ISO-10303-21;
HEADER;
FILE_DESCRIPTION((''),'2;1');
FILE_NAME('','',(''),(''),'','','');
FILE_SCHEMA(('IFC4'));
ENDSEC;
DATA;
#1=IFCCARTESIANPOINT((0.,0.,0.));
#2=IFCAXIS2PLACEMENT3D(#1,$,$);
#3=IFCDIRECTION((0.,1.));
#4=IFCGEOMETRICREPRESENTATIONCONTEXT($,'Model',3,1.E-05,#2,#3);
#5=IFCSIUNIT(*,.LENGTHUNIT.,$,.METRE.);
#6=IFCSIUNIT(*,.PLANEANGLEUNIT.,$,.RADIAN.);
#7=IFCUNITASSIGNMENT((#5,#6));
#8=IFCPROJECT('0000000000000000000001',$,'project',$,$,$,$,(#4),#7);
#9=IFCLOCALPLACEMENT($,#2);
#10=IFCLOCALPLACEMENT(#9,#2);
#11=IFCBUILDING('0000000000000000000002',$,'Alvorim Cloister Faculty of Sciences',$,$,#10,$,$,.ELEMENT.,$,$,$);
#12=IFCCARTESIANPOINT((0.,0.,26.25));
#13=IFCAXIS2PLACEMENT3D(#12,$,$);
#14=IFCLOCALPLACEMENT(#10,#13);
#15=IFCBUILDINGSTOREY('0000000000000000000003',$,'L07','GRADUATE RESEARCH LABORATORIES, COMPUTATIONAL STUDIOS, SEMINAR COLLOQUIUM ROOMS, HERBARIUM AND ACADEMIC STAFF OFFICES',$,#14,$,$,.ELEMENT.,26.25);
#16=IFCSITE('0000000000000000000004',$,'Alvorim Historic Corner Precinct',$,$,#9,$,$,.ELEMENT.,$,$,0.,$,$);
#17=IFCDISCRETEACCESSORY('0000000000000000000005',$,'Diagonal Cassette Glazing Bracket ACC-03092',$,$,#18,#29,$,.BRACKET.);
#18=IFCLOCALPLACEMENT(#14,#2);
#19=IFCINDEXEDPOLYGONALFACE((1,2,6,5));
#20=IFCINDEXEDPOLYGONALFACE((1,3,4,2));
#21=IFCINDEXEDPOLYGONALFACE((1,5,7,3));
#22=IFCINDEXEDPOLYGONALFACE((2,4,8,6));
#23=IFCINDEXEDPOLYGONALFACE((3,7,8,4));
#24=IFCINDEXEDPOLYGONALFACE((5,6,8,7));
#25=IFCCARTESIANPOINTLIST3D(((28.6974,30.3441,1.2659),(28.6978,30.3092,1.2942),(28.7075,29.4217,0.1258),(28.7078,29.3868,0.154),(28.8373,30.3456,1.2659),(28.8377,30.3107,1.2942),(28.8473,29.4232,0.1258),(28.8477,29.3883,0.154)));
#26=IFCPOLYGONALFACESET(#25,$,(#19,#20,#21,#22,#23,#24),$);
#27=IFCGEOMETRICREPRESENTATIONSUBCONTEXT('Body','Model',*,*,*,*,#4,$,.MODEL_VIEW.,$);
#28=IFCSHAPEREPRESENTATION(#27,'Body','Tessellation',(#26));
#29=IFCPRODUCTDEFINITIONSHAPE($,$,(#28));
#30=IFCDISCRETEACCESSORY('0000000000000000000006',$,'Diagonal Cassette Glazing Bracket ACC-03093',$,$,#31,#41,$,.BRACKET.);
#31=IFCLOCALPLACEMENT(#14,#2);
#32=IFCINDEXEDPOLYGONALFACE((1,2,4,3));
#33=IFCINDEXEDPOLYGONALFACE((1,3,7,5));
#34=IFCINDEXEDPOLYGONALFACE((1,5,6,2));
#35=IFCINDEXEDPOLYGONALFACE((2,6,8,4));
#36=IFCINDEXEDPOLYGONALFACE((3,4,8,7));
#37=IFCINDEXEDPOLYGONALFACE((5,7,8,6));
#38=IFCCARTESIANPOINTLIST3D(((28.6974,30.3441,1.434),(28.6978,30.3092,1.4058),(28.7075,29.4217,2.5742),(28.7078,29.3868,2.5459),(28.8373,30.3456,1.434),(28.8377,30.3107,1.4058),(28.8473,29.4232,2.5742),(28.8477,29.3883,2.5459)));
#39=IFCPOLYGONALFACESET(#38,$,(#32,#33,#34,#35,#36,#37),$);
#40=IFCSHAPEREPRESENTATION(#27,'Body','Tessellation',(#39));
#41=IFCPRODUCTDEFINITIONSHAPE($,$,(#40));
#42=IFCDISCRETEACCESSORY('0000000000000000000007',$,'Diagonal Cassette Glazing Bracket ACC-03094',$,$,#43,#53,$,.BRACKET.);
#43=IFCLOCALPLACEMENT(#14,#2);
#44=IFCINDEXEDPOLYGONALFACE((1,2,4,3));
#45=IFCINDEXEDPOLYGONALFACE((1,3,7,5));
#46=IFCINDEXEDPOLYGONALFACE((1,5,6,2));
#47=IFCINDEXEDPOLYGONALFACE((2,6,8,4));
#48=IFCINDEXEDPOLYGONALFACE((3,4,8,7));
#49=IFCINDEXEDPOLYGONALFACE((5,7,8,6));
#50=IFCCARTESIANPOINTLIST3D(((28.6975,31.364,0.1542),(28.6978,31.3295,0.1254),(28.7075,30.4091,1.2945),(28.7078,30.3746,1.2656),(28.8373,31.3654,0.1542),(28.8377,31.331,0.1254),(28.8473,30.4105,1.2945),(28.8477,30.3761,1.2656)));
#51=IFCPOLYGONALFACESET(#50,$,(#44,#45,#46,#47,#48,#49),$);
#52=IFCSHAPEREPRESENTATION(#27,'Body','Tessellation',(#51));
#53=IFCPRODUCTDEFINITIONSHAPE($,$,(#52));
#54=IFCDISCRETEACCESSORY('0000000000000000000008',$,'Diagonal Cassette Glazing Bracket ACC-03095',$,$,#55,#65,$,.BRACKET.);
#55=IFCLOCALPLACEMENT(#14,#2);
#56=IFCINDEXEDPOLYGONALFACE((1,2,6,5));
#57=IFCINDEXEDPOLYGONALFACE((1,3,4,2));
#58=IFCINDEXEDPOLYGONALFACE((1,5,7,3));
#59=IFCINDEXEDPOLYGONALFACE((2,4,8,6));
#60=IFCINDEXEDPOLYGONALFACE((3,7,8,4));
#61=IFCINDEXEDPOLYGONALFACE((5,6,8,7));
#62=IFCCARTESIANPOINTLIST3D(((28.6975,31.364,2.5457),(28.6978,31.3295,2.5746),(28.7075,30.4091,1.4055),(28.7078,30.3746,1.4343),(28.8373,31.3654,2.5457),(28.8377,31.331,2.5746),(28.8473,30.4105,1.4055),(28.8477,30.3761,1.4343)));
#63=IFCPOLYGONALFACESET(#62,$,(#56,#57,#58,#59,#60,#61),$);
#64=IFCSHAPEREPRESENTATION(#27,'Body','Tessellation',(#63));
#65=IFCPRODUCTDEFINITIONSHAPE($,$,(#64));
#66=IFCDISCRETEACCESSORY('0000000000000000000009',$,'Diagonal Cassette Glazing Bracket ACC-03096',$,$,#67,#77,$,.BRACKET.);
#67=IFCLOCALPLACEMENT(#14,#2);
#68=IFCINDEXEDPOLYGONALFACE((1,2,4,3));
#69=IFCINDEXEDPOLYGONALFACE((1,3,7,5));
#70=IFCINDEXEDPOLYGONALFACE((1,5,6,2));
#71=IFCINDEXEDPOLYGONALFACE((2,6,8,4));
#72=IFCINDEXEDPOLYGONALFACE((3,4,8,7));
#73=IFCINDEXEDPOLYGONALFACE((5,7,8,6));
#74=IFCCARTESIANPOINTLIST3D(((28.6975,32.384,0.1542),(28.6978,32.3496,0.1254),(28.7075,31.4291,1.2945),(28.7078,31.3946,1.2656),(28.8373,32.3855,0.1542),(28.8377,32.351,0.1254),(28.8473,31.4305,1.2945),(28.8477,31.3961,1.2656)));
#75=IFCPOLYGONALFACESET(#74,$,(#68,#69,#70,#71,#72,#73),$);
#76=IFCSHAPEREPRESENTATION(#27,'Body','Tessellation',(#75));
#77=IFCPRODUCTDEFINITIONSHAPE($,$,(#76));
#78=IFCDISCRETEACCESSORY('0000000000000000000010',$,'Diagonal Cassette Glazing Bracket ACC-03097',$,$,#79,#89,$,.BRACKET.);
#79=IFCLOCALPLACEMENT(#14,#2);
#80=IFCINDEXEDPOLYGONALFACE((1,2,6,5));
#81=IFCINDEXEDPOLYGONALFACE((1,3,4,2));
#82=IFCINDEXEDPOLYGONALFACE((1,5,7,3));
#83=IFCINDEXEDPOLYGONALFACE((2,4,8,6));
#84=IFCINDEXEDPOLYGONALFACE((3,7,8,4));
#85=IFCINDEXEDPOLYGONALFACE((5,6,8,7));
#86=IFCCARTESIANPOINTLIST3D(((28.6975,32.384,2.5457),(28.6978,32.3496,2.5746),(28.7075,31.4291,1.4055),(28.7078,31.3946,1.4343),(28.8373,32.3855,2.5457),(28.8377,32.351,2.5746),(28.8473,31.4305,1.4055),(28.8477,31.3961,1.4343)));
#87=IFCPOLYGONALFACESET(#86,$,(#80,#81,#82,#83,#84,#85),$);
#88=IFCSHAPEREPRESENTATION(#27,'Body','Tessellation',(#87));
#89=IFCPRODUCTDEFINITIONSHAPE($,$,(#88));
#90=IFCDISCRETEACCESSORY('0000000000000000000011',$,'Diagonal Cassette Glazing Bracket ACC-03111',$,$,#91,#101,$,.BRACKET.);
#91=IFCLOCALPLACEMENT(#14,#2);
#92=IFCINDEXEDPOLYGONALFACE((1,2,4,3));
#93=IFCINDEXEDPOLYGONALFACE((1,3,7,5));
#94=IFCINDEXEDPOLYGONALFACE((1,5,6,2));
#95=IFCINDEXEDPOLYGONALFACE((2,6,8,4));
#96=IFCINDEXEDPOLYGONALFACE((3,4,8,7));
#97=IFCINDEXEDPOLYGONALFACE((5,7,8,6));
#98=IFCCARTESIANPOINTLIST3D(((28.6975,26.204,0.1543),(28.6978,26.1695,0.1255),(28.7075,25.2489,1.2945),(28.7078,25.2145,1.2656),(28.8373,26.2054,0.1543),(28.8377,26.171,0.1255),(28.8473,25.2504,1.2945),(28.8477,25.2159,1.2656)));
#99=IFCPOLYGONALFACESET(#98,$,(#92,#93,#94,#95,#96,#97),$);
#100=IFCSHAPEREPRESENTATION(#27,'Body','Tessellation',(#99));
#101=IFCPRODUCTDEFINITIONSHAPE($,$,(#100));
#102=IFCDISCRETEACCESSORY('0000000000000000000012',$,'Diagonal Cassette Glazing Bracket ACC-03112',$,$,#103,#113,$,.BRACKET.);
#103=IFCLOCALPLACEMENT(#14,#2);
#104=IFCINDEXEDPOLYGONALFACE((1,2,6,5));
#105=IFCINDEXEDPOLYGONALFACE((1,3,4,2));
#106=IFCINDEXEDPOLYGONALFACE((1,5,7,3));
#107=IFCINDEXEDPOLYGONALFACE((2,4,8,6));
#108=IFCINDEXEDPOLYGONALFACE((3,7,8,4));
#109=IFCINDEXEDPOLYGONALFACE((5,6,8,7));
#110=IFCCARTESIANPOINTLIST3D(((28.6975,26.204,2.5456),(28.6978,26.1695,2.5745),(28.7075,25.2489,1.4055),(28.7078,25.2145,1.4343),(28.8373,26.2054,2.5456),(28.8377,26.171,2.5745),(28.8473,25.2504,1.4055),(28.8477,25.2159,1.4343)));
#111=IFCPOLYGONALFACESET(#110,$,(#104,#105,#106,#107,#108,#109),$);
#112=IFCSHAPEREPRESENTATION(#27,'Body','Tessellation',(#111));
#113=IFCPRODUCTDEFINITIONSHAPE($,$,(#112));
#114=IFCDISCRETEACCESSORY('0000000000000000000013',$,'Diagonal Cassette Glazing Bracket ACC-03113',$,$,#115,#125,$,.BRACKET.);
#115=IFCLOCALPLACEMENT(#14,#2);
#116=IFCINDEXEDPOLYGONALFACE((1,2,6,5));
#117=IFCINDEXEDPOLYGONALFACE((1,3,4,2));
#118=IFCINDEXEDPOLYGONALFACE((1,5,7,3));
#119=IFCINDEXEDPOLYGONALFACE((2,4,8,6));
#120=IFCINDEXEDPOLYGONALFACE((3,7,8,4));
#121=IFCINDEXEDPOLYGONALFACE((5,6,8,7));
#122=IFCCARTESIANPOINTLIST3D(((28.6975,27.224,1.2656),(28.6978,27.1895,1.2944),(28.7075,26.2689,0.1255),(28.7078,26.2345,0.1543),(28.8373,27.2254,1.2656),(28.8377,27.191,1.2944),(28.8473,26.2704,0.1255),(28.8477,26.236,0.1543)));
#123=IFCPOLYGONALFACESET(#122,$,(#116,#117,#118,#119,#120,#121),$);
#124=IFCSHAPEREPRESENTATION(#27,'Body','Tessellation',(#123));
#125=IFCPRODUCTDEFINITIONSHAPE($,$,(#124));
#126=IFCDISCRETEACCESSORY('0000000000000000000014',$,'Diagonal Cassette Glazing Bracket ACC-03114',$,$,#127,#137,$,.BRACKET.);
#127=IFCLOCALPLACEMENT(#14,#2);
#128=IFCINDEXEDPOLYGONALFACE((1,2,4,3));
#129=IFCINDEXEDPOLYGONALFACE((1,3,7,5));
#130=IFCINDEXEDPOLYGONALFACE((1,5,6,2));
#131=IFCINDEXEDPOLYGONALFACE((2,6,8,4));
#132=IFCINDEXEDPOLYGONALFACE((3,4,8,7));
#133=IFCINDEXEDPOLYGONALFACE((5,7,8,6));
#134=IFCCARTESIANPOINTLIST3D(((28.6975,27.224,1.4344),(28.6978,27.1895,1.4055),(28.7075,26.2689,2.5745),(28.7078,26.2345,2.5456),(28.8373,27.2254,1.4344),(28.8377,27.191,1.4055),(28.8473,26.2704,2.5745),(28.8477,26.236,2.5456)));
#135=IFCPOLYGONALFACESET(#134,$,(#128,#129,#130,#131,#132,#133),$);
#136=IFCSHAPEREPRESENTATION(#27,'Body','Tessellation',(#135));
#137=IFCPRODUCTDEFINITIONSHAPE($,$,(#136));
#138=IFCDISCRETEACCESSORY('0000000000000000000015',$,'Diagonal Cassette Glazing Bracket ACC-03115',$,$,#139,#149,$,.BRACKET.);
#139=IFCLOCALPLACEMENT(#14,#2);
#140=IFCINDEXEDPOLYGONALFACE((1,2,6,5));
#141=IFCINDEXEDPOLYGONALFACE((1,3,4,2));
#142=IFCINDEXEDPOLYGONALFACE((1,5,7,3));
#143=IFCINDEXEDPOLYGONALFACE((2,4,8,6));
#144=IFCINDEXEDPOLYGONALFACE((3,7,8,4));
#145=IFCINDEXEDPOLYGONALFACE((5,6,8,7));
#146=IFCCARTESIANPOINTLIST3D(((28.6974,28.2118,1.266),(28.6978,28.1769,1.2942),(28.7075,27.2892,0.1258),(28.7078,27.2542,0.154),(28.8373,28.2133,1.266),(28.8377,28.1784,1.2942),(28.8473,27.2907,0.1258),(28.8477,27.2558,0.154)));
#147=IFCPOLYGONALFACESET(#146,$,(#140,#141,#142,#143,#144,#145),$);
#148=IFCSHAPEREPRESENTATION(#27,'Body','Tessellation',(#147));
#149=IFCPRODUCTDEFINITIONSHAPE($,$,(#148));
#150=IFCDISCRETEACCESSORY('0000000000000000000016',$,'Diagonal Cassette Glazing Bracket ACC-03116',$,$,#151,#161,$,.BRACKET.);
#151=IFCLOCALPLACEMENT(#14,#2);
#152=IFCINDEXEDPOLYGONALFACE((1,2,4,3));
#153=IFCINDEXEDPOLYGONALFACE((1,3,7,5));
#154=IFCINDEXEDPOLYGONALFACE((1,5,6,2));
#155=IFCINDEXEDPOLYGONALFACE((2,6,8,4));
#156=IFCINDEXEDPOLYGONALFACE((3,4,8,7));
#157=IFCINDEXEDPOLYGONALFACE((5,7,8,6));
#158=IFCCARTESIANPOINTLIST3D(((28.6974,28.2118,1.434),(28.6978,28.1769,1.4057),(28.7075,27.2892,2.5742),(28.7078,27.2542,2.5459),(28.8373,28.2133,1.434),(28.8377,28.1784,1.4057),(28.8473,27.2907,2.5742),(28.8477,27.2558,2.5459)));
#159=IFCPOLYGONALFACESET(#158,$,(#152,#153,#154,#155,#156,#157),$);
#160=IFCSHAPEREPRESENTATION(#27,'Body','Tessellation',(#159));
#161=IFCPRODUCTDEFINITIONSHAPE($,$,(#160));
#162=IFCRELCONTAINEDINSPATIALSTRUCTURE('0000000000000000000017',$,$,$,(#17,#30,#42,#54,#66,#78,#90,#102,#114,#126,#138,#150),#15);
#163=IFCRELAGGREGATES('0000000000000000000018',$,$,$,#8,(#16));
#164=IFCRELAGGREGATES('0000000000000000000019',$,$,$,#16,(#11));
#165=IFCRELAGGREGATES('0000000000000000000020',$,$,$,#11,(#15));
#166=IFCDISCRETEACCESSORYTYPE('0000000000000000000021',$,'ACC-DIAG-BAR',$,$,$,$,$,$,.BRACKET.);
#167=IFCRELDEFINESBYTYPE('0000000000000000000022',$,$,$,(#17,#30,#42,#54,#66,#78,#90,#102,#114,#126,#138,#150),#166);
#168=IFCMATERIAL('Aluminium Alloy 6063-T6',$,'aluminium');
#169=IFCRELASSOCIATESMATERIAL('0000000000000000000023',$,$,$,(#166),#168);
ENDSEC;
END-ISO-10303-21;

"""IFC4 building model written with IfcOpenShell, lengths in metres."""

from ifc_helpers import new_model, si_unit, direction, frame, origin, origin_2d, place, context, subcontext, project, spatial, rectangle, extrude, material, type_object, element, save


model = new_model("IFC4")

# Units and contexts
model_context = context("Model", 3, precision=1e-05, world=origin(), true_north=direction((0.0, 1.0)))
body_context = subcontext(model_context, "Body", "Model", "MODEL_VIEW")
ifc_project = project(units=[si_unit("LENGTHUNIT", "METRE"), si_unit("PLANEANGLEUNIT", "RADIAN")], contexts=[model_context])

# Site, building, storey
site_placement = place(None, origin())
site = spatial("IfcSite", under=ifc_project, at=site_placement, Name="Alvorim Historic Corner Precinct", CompositionType="ELEMENT", RefElevation=0.0)
building_placement = place(site_placement, origin())
building = spatial("IfcBuilding", under=site, at=building_placement, Name="Alvorim Cloister Faculty of Sciences", CompositionType="ELEMENT")
storey_placement = place(building_placement, frame((0.0, 0.0, 26.25)))
storey = spatial("IfcBuildingStorey", under=building, at=storey_placement, Name="L07", Description="GRADUATE RESEARCH LABORATORIES, COMPUTATIONAL STUDIOS, SEMINAR COLLOQUIUM ROOMS, HERBARIUM AND ACADEMIC STAFF OFFICES", CompositionType="ELEMENT", Elevation=26.25)

# Shared definitions
ifc_material_1 = material(Name="Aluminium Alloy 6063-T6", Category="aluminium")

# Discrete accessories
discrete_accessory_type = type_object("IfcDiscreteAccessoryType", Name="ACC-DIAG-BAR", PredefinedType="BRACKET", material=ifc_material_1)
for number, where, z_axis, x_axis, name in (
    (1, (28.7776, 29.405, 0.1399), (-0.006825, 0.628935, 0.777428), (-0.999941, -0.010852, 0.0), "Diagonal Cassette Glazing Bracket ACC-03092"),
    (2, (28.7776, 29.405, 2.5601), (-0.006825, 0.628935, -0.777428), (-0.999941, -0.010852, 0.0), "Diagonal Cassette Glazing Bracket ACC-03093"),
):
    element("IfcDiscreteAccessory", number, at=place(storey_placement, frame(where, z_axis=z_axis, x_axis=x_axis)), inside=storey, type_object=discrete_accessory_type, Name=name, PredefinedType="BRACKET", context=body_context, shape_type="SweptSolid", body=[
        extrude(rectangle(XDim=0.1399, YDim=0.0449, at=origin_2d()), origin(), (0.0, 0.0, 1.0), 1.4666),
    ])
for number, where, z_axis, x_axis, name in (
    (3, (28.7776, 30.3926, 1.28), (-0.006731, 0.642041, -0.766641), (-0.999945, -0.010483, 0.0), "Diagonal Cassette Glazing Bracket ACC-03094"),
    (4, (28.7776, 30.3926, 1.4199), (-0.006731, 0.642041, 0.766641), (-0.999945, -0.010483, 0.0), "Diagonal Cassette Glazing Bracket ACC-03095"),
    (5, (28.7776, 31.4126, 1.28), (-0.006731, 0.642041, -0.766641), (-0.999945, -0.010483, 0.0), "Diagonal Cassette Glazing Bracket ACC-03096"),
    (6, (28.7776, 31.4126, 1.4199), (-0.006731, 0.642041, 0.766641), (-0.999945, -0.010483, 0.0), "Diagonal Cassette Glazing Bracket ACC-03097"),
    (7, (28.7776, 25.2324, 1.28), (-0.00673, 0.642138, -0.76656), (-0.999945, -0.01048, 0.0), "Diagonal Cassette Glazing Bracket ACC-03111"),
    (8, (28.7776, 25.2324, 1.4199), (-0.00673, 0.642138, 0.76656), (-0.999945, -0.01048, 0.0), "Diagonal Cassette Glazing Bracket ACC-03112"),
    (9, (28.7776, 26.2524, 0.1399), (-0.00673, 0.642138, 0.76656), (-0.999945, -0.01048, 0.0), "Diagonal Cassette Glazing Bracket ACC-03113"),
    (10, (28.7776, 26.2524, 2.5601), (-0.00673, 0.642138, -0.76656), (-0.999945, -0.01048, 0.0), "Diagonal Cassette Glazing Bracket ACC-03114"),
):
    element("IfcDiscreteAccessory", number, at=place(storey_placement, frame(where, z_axis=z_axis, x_axis=x_axis)), inside=storey, type_object=discrete_accessory_type, Name=name, PredefinedType="BRACKET", context=body_context, shape_type="SweptSolid", body=[
        extrude(rectangle(XDim=0.1399, YDim=0.0449, at=origin_2d()), origin(), (0.0, 0.0, 1.0), 1.4873),
    ])
for number, where, z_axis, x_axis, name in (
    (11, (28.7776, 27.2725, 0.1399), (-0.006825, 0.629035, 0.777347), (-0.999941, -0.010849, 0.0), "Diagonal Cassette Glazing Bracket ACC-03115"),
    (12, (28.7776, 27.2725, 2.5601), (-0.006825, 0.629035, -0.777347), (-0.999941, -0.010849, 0.0), "Diagonal Cassette Glazing Bracket ACC-03116"),
):
    element("IfcDiscreteAccessory", number, at=place(storey_placement, frame(where, z_axis=z_axis, x_axis=x_axis)), inside=storey, type_object=discrete_accessory_type, Name=name, PredefinedType="BRACKET", context=body_context, shape_type="SweptSolid", body=[
        extrude(rectangle(XDim=0.1399, YDim=0.0449, at=origin_2d()), origin(), (0.0, 0.0, 1.0), 1.4668),
    ])

save(model, "model.ifc")
